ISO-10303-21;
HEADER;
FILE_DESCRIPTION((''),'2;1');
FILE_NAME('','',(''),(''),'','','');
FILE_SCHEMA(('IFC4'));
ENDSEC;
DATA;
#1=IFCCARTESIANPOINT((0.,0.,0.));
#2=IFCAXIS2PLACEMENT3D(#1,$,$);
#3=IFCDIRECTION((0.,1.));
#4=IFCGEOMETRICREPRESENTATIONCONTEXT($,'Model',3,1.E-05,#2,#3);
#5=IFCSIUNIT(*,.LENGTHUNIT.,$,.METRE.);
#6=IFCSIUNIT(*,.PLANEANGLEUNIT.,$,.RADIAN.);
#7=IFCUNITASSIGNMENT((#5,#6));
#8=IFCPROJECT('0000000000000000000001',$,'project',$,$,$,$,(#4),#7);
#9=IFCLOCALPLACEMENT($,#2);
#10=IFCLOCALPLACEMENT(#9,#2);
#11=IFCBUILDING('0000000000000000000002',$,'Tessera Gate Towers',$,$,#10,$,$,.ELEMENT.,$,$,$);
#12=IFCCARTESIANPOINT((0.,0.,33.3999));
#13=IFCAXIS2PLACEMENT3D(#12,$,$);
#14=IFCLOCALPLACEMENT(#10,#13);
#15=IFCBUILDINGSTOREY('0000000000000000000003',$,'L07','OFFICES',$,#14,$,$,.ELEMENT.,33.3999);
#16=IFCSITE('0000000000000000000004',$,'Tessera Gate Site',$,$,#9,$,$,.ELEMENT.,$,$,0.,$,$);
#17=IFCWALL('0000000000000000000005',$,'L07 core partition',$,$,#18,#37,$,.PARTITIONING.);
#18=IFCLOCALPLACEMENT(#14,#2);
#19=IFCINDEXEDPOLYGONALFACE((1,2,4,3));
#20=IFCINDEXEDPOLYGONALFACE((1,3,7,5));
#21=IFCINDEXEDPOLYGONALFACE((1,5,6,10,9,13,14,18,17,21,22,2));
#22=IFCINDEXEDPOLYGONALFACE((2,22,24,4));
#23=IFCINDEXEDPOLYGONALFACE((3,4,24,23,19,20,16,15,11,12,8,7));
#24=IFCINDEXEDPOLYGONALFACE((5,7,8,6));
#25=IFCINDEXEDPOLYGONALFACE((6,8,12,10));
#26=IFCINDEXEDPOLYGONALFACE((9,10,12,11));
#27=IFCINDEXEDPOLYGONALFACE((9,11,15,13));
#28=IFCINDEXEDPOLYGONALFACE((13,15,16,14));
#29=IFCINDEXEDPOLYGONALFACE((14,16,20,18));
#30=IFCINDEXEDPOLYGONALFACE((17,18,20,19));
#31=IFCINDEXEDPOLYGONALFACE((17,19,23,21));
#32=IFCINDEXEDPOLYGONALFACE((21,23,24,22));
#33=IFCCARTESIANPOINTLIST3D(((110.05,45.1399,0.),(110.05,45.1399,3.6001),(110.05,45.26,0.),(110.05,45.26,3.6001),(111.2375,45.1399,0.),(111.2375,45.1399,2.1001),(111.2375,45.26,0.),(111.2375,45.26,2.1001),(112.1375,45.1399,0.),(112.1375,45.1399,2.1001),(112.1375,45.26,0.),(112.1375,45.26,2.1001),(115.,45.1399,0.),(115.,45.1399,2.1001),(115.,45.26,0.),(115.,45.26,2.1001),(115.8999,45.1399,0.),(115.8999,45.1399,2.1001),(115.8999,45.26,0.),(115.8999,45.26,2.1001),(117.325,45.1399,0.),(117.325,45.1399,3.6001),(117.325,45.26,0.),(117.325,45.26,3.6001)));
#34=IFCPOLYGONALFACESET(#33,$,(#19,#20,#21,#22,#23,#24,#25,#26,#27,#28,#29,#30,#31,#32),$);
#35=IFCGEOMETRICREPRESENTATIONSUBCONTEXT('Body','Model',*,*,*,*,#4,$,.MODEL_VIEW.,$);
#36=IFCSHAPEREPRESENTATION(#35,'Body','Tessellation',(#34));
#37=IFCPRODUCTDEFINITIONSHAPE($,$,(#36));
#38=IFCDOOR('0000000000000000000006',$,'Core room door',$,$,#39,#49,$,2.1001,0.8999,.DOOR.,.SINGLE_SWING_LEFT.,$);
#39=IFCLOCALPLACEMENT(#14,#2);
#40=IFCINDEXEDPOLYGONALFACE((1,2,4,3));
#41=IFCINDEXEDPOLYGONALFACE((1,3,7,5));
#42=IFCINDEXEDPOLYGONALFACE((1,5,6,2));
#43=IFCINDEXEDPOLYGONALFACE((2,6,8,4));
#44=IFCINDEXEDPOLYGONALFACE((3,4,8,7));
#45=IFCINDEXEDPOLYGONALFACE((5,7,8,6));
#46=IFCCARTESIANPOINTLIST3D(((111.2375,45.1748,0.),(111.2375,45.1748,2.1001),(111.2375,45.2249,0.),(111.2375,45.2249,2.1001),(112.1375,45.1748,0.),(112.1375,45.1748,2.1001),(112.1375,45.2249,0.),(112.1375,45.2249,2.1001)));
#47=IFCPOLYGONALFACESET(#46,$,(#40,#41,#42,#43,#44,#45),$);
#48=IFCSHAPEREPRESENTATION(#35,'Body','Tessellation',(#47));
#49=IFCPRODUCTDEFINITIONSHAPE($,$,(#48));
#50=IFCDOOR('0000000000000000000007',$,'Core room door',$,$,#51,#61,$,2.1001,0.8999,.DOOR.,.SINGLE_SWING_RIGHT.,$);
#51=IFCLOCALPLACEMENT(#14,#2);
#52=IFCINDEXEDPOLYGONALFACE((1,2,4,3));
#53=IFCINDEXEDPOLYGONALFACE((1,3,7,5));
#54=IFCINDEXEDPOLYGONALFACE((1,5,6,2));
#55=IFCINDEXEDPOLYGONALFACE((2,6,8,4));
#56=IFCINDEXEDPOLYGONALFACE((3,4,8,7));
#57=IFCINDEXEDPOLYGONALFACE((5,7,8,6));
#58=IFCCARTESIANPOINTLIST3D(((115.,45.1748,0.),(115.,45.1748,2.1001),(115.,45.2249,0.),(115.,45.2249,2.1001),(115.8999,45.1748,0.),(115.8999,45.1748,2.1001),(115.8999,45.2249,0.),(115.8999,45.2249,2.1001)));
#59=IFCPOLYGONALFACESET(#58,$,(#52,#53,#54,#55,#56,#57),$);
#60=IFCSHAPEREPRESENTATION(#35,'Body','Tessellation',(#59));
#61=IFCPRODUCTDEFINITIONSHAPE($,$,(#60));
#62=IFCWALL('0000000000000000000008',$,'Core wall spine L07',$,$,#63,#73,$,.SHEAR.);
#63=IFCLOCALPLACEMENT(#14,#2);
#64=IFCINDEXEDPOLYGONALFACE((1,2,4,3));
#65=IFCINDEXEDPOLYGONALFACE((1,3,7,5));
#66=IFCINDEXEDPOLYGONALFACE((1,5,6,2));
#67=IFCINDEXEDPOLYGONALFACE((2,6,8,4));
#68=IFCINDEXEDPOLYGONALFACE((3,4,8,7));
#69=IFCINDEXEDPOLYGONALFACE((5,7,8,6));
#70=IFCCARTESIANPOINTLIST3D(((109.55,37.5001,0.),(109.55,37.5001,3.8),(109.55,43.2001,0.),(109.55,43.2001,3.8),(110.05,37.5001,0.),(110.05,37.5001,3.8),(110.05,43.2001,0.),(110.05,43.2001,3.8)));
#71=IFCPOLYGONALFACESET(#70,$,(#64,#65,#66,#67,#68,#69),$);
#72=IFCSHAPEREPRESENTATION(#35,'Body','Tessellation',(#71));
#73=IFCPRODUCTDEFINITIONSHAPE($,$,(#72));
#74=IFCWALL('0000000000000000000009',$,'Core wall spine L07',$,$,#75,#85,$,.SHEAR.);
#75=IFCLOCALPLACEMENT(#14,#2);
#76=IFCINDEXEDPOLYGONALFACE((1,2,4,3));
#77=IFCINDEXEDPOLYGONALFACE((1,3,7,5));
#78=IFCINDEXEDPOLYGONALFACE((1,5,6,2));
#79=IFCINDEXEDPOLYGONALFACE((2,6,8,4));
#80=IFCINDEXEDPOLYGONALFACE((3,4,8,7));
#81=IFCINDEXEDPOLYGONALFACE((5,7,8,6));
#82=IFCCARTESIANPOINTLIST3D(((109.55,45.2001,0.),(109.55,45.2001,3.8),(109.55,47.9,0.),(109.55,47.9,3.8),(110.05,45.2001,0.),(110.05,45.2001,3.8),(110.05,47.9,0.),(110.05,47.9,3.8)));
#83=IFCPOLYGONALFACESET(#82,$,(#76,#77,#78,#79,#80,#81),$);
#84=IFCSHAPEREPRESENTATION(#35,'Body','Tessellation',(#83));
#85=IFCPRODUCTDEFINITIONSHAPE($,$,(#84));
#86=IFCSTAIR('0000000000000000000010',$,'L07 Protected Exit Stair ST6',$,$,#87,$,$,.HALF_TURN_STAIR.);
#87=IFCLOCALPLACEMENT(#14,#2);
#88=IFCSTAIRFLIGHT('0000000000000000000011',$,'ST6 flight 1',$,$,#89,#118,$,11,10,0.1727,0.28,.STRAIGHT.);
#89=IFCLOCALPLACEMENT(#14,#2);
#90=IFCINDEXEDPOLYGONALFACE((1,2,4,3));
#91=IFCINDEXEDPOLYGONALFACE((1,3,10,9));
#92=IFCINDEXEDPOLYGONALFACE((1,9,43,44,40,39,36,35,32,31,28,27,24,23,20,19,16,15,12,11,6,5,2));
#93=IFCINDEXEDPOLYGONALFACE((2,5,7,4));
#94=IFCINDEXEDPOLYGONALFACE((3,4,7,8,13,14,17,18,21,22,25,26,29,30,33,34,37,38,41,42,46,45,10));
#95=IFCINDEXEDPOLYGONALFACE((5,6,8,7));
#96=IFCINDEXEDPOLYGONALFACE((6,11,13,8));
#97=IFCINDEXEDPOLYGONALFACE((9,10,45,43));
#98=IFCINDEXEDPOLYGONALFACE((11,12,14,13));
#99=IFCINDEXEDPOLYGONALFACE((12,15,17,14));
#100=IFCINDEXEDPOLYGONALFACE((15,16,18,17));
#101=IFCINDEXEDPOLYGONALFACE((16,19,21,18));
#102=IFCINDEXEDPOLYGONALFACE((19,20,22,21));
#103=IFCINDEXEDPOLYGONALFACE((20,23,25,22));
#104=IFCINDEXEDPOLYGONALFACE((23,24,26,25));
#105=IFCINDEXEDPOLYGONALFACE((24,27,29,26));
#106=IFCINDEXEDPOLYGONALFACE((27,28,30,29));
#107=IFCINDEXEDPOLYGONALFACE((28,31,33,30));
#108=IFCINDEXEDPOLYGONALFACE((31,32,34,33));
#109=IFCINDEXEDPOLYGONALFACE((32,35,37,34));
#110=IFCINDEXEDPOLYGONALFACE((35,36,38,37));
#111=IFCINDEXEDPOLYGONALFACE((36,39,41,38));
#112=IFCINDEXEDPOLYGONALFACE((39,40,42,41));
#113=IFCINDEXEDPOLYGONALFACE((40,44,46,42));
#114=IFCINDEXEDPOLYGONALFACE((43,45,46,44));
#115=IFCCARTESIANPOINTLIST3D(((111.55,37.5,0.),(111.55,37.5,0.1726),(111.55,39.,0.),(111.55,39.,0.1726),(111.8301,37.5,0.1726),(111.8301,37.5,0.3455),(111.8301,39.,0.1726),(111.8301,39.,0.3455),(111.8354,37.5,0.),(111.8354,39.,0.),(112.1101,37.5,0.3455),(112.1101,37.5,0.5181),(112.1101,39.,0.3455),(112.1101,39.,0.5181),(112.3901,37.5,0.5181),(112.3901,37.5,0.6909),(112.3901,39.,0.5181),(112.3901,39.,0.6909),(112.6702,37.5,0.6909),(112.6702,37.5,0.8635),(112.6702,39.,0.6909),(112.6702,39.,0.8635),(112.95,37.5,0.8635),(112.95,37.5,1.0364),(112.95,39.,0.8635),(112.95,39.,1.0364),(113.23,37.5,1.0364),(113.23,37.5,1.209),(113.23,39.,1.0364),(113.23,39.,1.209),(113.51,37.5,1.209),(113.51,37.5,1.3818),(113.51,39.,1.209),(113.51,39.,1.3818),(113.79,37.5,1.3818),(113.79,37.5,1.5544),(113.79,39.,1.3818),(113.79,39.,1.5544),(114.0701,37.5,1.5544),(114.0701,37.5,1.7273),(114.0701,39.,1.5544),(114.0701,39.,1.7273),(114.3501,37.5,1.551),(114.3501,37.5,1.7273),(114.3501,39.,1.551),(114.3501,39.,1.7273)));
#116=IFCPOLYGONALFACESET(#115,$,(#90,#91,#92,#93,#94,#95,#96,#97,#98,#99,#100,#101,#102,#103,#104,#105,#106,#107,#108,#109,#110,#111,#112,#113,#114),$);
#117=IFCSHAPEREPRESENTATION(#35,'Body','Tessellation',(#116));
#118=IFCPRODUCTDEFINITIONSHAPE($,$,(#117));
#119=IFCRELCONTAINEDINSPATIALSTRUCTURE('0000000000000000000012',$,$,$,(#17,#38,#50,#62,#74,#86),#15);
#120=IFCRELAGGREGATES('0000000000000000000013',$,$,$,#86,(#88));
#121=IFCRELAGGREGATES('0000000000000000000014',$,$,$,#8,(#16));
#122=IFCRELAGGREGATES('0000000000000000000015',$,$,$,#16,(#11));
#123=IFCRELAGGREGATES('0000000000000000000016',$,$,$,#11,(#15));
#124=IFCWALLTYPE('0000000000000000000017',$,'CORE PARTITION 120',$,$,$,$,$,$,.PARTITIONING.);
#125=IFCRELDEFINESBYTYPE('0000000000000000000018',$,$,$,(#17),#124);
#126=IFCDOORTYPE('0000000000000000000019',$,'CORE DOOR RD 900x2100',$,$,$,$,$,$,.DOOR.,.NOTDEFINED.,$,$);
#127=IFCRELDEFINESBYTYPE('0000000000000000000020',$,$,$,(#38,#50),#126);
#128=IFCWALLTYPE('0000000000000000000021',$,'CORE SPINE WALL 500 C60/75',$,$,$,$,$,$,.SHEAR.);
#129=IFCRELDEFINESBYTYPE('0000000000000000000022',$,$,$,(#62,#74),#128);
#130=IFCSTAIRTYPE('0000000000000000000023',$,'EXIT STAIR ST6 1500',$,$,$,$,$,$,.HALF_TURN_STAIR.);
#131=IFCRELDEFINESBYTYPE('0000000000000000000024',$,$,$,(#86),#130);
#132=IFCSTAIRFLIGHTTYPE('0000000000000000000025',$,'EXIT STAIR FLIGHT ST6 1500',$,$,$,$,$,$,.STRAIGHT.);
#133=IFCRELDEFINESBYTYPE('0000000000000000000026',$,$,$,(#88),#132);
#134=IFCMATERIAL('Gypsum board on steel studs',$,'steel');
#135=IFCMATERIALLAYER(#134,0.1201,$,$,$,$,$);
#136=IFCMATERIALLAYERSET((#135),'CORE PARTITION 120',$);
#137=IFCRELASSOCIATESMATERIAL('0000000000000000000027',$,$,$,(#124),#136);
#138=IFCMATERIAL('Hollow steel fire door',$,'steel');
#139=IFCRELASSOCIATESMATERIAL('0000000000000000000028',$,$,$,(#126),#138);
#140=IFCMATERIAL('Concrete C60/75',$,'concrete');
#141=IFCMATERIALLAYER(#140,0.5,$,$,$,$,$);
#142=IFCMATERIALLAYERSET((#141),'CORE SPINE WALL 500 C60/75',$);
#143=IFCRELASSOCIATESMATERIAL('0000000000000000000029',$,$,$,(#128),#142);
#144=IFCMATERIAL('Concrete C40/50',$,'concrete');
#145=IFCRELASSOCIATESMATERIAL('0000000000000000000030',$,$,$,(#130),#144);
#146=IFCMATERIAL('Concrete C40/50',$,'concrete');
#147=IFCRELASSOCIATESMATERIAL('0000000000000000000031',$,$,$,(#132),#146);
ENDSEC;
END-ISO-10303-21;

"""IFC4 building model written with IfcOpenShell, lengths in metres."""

from ifc_helpers import new_model, si_unit, direction, frame, frame_2d, origin, place, context, subcontext, project, spatial, polyline, rectangle, outline, extrude, source, transform, mapped, material, layer, layer_set, type_object, element, fill, aggregate, save


model = new_model("IFC4")

# Units and contexts
model_context = context("Model", 3, precision=1e-05, world=origin(), true_north=direction((0.0, 1.0)))
body_context = subcontext(model_context, "Body", "Model", "MODEL_VIEW")
ifc_project = project(units=[si_unit("LENGTHUNIT", "METRE"), si_unit("PLANEANGLEUNIT", "RADIAN")], contexts=[model_context])

# Site, building, storey
site_placement = place(None, origin())
site = spatial("IfcSite", under=ifc_project, at=site_placement, Name="Tessera Gate Site", CompositionType="ELEMENT", RefElevation=0.0)
building_placement = place(site_placement, origin())
building = spatial("IfcBuilding", under=site, at=building_placement, Name="Tessera Gate Towers", CompositionType="ELEMENT")
storey_placement = place(building_placement, frame((0.0, 0.0, 33.3999)))
storey = spatial("IfcBuildingStorey", under=building, at=storey_placement, Name="L07", Description="OFFICES", CompositionType="ELEMENT", Elevation=33.3999)

# Wall, openings, doors
ifc_material_1 = material(Name="Gypsum board on steel studs", Category="steel")
ifc_layer_1 = layer(ifc_material_1, 0.1201)
ifc_layer_set_1 = layer_set([ifc_layer_1], Name="CORE PARTITION 120")
wall_type_1 = type_object("IfcWallType", Name="CORE PARTITION 120", PredefinedType="PARTITIONING", material=ifc_layer_set_1)
wall_1_placement = place(storey_placement, frame((110.05, 45.2, 0.0), z_axis=(0.0, 0.0, 1.0), x_axis=(1.0, 0.0, 0.0)))
wall_1 = element("IfcWall", 1, at=wall_1_placement, inside=storey, type_object=wall_type_1, Name="L07 core partition", PredefinedType="PARTITIONING", context=body_context, shape_type="SweptSolid", body=[
    extrude(rectangle(XDim=7.2749, YDim=0.1201, at=frame_2d((3.6375, 0.0))), origin(), (0.0, 0.0, 1.0), 3.6001),
])
shared_shape_1 = source(origin(), body_context, "Body", "SweptSolid", [
    extrude(rectangle(XDim=0.8999, YDim=2.1001, at=frame_2d((0.45, 1.05))), frame((0.0, 0.0701, 0.0), z_axis=(0.0, -1.0, 0.0), x_axis=(1.0, 0.0, 0.0)), (0.0, 0.0, 1.0), 0.1401),
])
opening_1_placement = place(wall_1_placement, frame((1.1875, 0.0, 0.0)))
opening_1 = element("IfcOpeningElement", 2, at=opening_1_placement, cuts=wall_1, PredefinedType="OPENING", context=body_context, shape_type="MappedRepresentation", body=[
    mapped(shared_shape_1, transform((0.0, 0.0, 0.0), scale=1.0)),
])
opening_2_placement = place(wall_1_placement, frame((4.95, 0.0, 0.0)))
opening_2 = element("IfcOpeningElement", 3, at=opening_2_placement, cuts=wall_1, PredefinedType="OPENING", context=body_context, shape_type="MappedRepresentation", body=[
    mapped(shared_shape_1, transform((0.0, 0.0, 0.0), scale=1.0)),
])
ifc_material_2 = material(Name="Hollow steel fire door", Category="steel")
door_type_1 = type_object("IfcDoorType", Name="CORE DOOR RD 900x2100", OperationType="NOTDEFINED", PredefinedType="DOOR", material=ifc_material_2)
shared_shape_2 = source(origin(), body_context, "Body", "SweptSolid", [
    extrude(rectangle(XDim=0.8999, YDim=2.1001, at=frame_2d((0.45, 1.05))), frame((0.0, 0.0249, 0.0), z_axis=(0.0, -1.0, 0.0), x_axis=(1.0, 0.0, 0.0)), (0.0, 0.0, 1.0), 0.05),
])
door_1_placement = place(opening_1_placement, origin())
door_1 = element("IfcDoor", 4, at=door_1_placement, inside=storey, type_object=door_type_1, Name="Core room door", OperationType="SINGLE_SWING_LEFT", OverallHeight=2.1001, OverallWidth=0.8999, PredefinedType="DOOR", context=body_context, shape_type="MappedRepresentation", body=[
    mapped(shared_shape_2, transform((0.0, 0.0, 0.0), scale=1.0)),
])
fill(opening_1, door_1)
door_2_placement = place(opening_2_placement, origin())
door_2 = element("IfcDoor", 5, at=door_2_placement, inside=storey, type_object=door_type_1, Name="Core room door", OperationType="SINGLE_SWING_RIGHT", OverallHeight=2.1001, OverallWidth=0.8999, PredefinedType="DOOR", context=body_context, shape_type="MappedRepresentation", body=[
    mapped(shared_shape_2, transform((0.0, 0.0, 0.0), scale=1.0)),
])
fill(opening_2, door_2)

# Walls
ifc_material_3 = material(Name="Concrete C60/75", Category="concrete")
ifc_layer_2 = layer(ifc_material_3, 0.5)
ifc_layer_set_2 = layer_set([ifc_layer_2], Name="CORE SPINE WALL 500 C60/75")
wall_type_2 = type_object("IfcWallType", Name="CORE SPINE WALL 500 C60/75", PredefinedType="SHEAR", material=ifc_layer_set_2)
wall_2_placement = place(storey_placement, frame((109.8, 37.5, 0.0), z_axis=(0.0, 0.0, 1.0), x_axis=(0.0, 1.0, 0.0)))
element("IfcWall", 6, at=wall_2_placement, inside=storey, type_object=wall_type_2, Name="Core wall spine L07", PredefinedType="SHEAR", context=body_context, shape_type="SweptSolid", body=[
    extrude(rectangle(XDim=5.7, YDim=0.5, at=frame_2d((2.8501, 0.0))), origin(), (0.0, 0.0, 1.0), 3.8),
])
wall_3_placement = place(storey_placement, frame((109.8, 45.2, 0.0), z_axis=(0.0, 0.0, 1.0), x_axis=(0.0, 1.0, 0.0)))
element("IfcWall", 7, at=wall_3_placement, inside=storey, type_object=wall_type_2, Name="Core wall spine L07", PredefinedType="SHEAR", context=body_context, shape_type="SweptSolid", body=[
    extrude(rectangle(XDim=2.7, YDim=0.5, at=frame_2d((1.3501, 0.0))), origin(), (0.0, 0.0, 1.0), 3.8),
])

# Stair, stair flight
ifc_material_4 = material(Name="Concrete C40/50", Category="concrete")
stair_type = type_object("IfcStairType", Name="EXIT STAIR ST6 1500", PredefinedType="HALF_TURN_STAIR", material=ifc_material_4)
stair_placement = place(storey_placement, origin())
stair = element("IfcStair", 8, at=stair_placement, inside=storey, type_object=stair_type, Name="L07 Protected Exit Stair ST6", PredefinedType="HALF_TURN_STAIR")
ifc_material_5 = material(Name="Concrete C40/50", Category="concrete")
stair_flight_type = type_object("IfcStairFlightType", Name="EXIT STAIR FLIGHT ST6 1500", PredefinedType="STRAIGHT", material=ifc_material_5)
stair_flight_placement = place(storey_placement, frame((111.55, 38.25, 0.0), z_axis=(0.0, 0.0, 1.0), x_axis=(1.0, 0.0, 0.0)))
stair_flight = element("IfcStairFlight", 9, at=stair_flight_placement, type_object=stair_flight_type, Name="ST6 flight 1", NumberOfRisers=11, NumberOfTreads=10, PredefinedType="STRAIGHT", RiserHeight=0.1727, TreadLength=0.28, context=body_context, shape_type="SweptSolid", body=[
    extrude(outline(polyline([(0.0, 0.0), (0.0, 0.1726), (0.28, 0.1726), (0.28, 0.3455), (0.5601, 0.3455), (0.5601, 0.5181), (0.8401, 0.5181), (0.8401, 0.6909), (1.1201, 0.6909), (1.1201, 0.8635), (1.3999, 0.8635), (1.3999, 1.0364), (1.6799, 1.0364), (1.6799, 1.209), (1.96, 1.209), (1.96, 1.3818), (2.24, 1.3818), (2.24, 1.5544), (2.52, 1.5544), (2.52, 1.7273), (2.8, 1.7273), (2.8, 1.8999), (2.8, 1.551), (0.2854, 0.0), (0.0, 0.0)])), frame((0.0, 0.75, 0.0), z_axis=(0.0, -1.0, 0.0), x_axis=(1.0, 0.0, 0.0)), (0.0, 0.0, 1.0), 1.5),
])
aggregate(stair, [stair_flight])

save(model, "model.ifc")
